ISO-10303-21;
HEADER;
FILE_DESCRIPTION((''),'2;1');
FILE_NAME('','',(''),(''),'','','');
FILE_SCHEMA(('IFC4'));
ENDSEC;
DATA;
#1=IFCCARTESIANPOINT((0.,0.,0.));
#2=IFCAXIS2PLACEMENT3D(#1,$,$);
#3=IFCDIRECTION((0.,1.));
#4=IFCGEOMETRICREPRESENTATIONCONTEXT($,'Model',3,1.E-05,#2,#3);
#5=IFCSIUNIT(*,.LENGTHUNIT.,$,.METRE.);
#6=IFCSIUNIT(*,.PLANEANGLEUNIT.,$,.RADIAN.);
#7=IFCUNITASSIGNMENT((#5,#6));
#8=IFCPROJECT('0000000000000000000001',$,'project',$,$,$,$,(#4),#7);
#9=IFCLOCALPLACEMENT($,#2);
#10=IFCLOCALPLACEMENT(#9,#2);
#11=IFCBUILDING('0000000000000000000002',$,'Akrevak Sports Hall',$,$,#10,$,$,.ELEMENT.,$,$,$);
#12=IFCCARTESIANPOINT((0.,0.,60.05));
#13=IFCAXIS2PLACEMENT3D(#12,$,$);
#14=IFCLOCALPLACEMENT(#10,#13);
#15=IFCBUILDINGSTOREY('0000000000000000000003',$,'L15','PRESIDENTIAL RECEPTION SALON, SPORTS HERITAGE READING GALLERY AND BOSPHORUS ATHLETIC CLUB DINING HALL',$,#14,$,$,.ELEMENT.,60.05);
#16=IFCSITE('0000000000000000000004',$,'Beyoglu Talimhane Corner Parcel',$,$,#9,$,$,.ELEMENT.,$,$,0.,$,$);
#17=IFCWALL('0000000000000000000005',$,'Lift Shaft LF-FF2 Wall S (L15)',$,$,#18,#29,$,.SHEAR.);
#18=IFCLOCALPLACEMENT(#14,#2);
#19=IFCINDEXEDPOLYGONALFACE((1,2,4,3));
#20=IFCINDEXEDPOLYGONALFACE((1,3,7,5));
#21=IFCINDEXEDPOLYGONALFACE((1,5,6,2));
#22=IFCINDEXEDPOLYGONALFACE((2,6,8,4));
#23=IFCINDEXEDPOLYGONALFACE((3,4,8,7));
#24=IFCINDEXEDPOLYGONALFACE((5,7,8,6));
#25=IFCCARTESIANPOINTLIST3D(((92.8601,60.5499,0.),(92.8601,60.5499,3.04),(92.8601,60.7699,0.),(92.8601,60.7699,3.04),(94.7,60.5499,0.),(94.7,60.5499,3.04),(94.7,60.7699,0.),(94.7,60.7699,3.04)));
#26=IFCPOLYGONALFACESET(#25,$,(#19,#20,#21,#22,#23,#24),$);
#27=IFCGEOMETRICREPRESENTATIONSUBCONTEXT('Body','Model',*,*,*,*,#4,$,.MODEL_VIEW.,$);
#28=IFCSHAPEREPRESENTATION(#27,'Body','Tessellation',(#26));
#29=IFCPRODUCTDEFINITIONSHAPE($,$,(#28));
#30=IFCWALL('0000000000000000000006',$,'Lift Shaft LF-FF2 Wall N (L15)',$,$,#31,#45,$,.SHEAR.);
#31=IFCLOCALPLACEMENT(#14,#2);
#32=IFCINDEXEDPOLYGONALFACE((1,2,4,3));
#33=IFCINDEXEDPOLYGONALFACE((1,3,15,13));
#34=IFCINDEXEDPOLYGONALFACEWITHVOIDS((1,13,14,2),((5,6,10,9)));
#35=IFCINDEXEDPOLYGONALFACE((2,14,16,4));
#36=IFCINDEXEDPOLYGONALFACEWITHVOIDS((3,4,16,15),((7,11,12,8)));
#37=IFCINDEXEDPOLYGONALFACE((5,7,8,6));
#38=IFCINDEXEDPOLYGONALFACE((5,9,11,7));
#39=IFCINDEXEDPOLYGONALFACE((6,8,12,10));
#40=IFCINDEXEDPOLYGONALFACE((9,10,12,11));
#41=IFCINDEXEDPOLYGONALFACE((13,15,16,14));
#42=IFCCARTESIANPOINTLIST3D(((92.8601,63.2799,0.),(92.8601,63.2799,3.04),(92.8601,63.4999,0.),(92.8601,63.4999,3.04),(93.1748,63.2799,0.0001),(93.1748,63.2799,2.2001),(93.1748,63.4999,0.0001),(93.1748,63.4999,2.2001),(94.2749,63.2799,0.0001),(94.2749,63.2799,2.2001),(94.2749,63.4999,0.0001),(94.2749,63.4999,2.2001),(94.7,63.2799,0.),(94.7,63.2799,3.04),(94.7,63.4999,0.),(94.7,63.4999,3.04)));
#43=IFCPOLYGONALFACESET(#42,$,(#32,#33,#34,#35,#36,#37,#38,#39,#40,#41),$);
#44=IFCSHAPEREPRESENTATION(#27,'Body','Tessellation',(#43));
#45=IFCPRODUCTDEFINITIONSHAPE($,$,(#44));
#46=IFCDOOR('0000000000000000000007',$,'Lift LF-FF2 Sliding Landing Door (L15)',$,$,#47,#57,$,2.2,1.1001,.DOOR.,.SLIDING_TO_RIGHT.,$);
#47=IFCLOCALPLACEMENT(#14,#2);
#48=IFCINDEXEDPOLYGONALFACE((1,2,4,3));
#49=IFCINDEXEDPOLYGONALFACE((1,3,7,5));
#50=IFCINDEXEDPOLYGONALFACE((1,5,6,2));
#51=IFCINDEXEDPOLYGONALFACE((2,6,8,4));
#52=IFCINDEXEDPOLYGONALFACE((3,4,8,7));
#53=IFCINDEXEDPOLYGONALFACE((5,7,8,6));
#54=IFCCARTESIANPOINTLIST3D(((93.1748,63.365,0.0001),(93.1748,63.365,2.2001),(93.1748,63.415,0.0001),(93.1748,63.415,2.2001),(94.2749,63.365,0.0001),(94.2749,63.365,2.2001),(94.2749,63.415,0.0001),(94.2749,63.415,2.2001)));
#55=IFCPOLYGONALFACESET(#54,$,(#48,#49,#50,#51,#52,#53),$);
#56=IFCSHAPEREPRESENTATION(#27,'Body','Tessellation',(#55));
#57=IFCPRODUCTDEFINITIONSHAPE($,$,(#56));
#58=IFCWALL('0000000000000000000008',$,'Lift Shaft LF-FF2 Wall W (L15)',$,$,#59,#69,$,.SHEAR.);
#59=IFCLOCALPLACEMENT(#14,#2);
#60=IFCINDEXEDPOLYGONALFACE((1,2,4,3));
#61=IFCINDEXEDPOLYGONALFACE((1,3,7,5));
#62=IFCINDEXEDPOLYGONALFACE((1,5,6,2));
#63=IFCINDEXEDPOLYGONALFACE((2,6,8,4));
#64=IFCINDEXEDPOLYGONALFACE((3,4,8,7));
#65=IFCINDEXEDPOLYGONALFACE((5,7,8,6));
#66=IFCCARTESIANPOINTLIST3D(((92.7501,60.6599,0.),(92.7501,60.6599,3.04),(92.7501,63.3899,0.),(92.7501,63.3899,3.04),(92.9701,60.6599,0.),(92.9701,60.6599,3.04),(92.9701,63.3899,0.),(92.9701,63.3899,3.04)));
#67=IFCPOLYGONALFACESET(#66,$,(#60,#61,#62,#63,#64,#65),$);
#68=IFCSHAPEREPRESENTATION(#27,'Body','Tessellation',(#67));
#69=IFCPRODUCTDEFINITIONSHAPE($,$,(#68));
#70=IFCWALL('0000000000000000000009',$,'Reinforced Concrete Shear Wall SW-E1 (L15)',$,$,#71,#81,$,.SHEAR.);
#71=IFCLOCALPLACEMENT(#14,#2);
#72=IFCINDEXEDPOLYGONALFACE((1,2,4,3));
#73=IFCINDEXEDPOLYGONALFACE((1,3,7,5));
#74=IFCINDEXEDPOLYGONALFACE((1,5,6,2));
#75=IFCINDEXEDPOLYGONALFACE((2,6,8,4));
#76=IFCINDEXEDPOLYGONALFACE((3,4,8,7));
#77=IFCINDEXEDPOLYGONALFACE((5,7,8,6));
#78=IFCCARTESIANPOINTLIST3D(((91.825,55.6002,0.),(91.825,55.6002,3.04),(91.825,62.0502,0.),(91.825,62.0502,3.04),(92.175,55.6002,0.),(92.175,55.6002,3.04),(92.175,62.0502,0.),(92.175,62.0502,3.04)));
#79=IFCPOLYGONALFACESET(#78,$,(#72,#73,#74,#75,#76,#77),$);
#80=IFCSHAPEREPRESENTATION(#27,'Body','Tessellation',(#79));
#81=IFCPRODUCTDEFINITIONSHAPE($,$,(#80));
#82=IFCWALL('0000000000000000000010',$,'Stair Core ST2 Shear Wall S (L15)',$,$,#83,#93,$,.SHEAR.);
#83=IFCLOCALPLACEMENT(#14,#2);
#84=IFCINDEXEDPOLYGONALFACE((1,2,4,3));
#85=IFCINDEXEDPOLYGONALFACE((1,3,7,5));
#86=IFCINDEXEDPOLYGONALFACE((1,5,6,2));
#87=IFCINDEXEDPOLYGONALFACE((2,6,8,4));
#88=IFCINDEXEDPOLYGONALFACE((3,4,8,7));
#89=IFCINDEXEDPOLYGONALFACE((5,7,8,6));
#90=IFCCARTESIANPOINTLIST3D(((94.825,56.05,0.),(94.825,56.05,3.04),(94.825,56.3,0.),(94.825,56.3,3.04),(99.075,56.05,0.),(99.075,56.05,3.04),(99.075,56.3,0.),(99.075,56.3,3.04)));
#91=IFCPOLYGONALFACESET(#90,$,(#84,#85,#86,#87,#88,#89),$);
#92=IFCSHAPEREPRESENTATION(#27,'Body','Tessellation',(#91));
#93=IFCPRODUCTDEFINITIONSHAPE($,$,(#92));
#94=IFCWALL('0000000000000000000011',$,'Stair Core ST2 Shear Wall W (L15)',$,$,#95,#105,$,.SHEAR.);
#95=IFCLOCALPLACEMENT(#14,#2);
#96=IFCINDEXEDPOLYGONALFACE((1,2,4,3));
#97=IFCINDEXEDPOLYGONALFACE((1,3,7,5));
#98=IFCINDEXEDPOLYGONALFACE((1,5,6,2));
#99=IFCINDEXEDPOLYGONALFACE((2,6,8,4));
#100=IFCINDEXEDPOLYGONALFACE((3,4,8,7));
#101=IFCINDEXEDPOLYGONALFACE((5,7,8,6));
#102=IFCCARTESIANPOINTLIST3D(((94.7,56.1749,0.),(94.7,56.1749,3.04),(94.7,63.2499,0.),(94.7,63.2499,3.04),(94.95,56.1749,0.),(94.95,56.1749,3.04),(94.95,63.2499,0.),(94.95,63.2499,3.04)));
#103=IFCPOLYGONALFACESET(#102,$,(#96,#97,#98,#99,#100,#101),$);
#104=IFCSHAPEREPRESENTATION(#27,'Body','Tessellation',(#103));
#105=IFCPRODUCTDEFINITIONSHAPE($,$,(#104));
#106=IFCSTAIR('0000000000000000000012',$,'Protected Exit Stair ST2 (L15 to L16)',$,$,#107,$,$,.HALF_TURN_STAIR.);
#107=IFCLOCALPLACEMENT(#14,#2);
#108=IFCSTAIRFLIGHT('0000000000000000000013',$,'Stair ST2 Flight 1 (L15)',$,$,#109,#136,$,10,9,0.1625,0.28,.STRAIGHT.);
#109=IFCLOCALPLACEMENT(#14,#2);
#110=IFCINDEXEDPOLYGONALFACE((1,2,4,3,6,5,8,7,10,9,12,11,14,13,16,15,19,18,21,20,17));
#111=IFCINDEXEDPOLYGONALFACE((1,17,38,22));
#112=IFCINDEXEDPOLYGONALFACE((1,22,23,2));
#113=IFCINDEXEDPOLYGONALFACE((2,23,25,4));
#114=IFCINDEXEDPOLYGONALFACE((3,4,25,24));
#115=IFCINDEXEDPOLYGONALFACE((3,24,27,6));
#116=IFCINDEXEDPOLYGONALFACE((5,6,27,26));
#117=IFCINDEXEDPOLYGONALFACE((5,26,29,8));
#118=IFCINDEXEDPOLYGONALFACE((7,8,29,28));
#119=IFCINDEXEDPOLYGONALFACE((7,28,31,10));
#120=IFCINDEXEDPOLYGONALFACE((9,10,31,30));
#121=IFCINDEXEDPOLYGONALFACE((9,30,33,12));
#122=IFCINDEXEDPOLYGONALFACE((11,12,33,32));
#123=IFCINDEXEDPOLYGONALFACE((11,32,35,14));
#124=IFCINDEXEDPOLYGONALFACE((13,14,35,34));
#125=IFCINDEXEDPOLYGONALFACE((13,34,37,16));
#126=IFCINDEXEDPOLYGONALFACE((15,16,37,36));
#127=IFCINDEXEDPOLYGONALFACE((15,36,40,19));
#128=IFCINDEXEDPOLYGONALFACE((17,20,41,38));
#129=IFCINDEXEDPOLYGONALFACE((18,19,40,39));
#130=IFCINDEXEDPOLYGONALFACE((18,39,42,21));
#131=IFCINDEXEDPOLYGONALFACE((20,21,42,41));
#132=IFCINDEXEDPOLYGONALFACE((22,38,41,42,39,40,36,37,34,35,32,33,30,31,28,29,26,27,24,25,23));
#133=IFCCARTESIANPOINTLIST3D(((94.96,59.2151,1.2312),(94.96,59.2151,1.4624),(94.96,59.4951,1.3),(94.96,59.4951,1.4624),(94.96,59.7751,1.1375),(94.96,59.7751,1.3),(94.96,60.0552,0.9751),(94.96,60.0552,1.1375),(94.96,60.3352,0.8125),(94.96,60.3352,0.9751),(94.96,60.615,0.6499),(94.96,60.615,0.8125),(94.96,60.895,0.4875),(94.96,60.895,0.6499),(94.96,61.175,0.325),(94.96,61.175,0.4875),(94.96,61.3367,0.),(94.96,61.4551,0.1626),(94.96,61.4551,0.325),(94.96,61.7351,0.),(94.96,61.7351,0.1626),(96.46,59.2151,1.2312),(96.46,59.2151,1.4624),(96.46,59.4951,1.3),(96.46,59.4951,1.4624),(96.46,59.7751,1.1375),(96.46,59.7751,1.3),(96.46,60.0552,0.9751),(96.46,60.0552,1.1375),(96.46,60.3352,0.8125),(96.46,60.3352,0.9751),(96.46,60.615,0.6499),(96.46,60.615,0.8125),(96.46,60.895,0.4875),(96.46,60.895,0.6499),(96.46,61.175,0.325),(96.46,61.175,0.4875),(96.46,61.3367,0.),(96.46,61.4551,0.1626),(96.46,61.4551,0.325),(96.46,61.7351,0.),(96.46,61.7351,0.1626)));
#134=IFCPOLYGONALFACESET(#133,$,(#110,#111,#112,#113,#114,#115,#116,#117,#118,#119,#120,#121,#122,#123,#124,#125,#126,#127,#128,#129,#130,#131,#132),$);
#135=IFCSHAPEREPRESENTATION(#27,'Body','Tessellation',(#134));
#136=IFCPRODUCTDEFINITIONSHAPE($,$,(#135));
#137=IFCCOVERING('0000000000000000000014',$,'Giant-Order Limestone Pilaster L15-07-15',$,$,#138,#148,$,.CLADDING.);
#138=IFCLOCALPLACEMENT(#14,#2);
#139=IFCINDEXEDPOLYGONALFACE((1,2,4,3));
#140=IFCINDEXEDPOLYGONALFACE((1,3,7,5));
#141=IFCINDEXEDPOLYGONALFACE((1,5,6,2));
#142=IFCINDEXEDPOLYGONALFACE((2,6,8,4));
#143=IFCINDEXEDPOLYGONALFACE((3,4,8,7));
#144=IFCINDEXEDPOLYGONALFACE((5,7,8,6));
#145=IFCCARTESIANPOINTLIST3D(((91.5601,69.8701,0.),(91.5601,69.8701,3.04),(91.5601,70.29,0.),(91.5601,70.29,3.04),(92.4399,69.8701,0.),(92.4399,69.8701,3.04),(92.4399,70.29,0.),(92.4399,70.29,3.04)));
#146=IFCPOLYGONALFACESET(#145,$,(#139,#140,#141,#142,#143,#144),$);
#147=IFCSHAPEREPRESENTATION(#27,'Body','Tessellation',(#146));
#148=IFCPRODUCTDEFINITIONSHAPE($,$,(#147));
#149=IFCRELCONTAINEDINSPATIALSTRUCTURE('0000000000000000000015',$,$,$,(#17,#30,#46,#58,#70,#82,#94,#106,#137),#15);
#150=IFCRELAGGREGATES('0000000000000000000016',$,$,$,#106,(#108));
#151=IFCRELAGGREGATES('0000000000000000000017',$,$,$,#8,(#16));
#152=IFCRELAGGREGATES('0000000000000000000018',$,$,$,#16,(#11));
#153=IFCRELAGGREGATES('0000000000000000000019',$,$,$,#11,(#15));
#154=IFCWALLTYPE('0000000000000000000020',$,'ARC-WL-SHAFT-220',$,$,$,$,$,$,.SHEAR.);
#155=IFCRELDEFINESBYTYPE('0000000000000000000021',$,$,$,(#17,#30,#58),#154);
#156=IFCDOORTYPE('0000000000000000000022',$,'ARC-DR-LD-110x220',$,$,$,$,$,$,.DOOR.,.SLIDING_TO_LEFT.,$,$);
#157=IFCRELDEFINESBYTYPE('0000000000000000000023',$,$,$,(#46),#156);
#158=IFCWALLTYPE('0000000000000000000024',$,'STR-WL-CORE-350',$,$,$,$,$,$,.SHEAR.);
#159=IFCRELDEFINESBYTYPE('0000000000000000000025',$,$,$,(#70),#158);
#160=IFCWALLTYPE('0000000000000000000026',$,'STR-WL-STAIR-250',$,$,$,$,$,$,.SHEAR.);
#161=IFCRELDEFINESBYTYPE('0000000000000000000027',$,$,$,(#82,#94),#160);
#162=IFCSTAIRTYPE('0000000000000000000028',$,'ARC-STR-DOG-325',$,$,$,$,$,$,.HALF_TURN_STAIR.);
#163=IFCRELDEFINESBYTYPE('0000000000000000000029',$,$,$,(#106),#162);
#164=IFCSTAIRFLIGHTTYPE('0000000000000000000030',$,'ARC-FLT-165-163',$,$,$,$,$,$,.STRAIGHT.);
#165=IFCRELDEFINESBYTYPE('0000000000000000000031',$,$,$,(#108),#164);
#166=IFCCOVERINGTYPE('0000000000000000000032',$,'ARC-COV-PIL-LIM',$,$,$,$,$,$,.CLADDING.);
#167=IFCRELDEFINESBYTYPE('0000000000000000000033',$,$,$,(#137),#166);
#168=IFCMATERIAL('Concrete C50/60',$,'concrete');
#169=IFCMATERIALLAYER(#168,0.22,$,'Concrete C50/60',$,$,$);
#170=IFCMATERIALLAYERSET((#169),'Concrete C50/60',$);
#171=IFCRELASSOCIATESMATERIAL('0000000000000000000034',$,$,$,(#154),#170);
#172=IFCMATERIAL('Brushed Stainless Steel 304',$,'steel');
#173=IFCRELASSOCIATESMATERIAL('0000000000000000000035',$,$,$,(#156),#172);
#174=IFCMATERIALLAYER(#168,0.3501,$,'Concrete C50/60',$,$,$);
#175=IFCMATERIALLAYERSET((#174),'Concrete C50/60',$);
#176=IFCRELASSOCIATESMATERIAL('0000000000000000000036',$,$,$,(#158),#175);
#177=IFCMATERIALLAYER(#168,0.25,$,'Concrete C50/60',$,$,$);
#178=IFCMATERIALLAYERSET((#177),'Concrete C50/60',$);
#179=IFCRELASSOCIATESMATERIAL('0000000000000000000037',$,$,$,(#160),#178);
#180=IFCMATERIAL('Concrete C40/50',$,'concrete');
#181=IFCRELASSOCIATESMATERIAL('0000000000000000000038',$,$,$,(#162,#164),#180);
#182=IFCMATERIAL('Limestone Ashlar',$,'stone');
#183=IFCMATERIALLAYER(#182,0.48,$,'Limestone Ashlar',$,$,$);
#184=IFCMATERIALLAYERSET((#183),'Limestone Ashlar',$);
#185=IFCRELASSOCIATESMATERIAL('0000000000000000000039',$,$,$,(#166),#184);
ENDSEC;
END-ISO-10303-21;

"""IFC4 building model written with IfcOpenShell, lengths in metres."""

from ifc_helpers import new_model, si_unit, direction, frame, frame_2d, origin, origin_2d, place, context, subcontext, project, spatial, polyline, rectangle, outline, extrude, material, layer, layer_set, type_object, element, fill, aggregate, save


model = new_model("IFC4")

# Units and contexts
model_context = context("Model", 3, precision=1e-05, world=origin(), true_north=direction((0.0, 1.0)))
body_context = subcontext(model_context, "Body", "Model", "MODEL_VIEW")
ifc_project = project(units=[si_unit("LENGTHUNIT", "METRE"), si_unit("PLANEANGLEUNIT", "RADIAN")], contexts=[model_context])

# Site, building, storey
site_placement = place(None, origin())
site = spatial("IfcSite", under=ifc_project, at=site_placement, Name="Beyoglu Talimhane Corner Parcel", CompositionType="ELEMENT", RefElevation=0.0)
building_placement = place(site_placement, origin())
building = spatial("IfcBuilding", under=site, at=building_placement, Name="Akrevak Sports Hall", CompositionType="ELEMENT")
storey_placement = place(building_placement, frame((0.0, 0.0, 60.05)))
storey = spatial("IfcBuildingStorey", under=building, at=storey_placement, Name="L15", Description="PRESIDENTIAL RECEPTION SALON, SPORTS HERITAGE READING GALLERY AND BOSPHORUS ATHLETIC CLUB DINING HALL", CompositionType="ELEMENT", Elevation=60.05)

# Shared definitions
ifc_material_1 = material(Name="Concrete C40/50", Category="concrete")

# Wall
ifc_material_2 = material(Name="Concrete C50/60", Category="concrete")
ifc_layer_1 = layer(ifc_material_2, 0.22, Name="Concrete C50/60")
ifc_layer_set_1 = layer_set([ifc_layer_1], Name="Concrete C50/60")
wall_type_1 = type_object("IfcWallType", Name="ARC-WL-SHAFT-220", PredefinedType="SHEAR", material=ifc_layer_set_1)
wall_1_placement = place(storey_placement, frame((92.8601, 60.6599, 0.0), z_axis=(0.0, 0.0, 1.0), x_axis=(1.0, 0.0, 0.0)))
element("IfcWall", 1, at=wall_1_placement, inside=storey, type_object=wall_type_1, Name="Lift Shaft LF-FF2 Wall S (L15)", PredefinedType="SHEAR", context=body_context, shape_type="SweptSolid", body=[
    extrude(rectangle(XDim=1.8398, YDim=0.22, at=frame_2d((0.9199, 0.0))), origin(), (0.0, 0.0, 1.0), 3.04),
])

# Wall, opening, door
wall_2_placement = place(storey_placement, frame((94.7, 63.3899, 0.0), z_axis=(0.0, 0.0, 1.0), x_axis=(-1.0, 0.0, 0.0)))
wall_2 = element("IfcWall", 2, at=wall_2_placement, inside=storey, type_object=wall_type_1, Name="Lift Shaft LF-FF2 Wall N (L15)", PredefinedType="SHEAR", context=body_context, shape_type="SweptSolid", body=[
    extrude(rectangle(XDim=1.8398, YDim=0.22, at=frame_2d((0.9199, 0.0))), origin(), (0.0, 0.0, 1.0), 3.04),
])
opening_1_placement = place(wall_2_placement, frame((0.425, 0.0, 0.0)))
opening_1 = element("IfcOpeningElement", 3, at=opening_1_placement, cuts=wall_2, PredefinedType="OPENING", context=body_context, shape_type="SweptSolid", body=[
    extrude(rectangle(XDim=1.1001, YDim=2.2, at=frame_2d((0.55, 1.1001))), frame((0.0, 0.1221, 0.0), z_axis=(0.0, -1.0, 0.0), x_axis=(1.0, 0.0, 0.0)), (0.0, 0.0, 1.0), 0.2439),
])
ifc_material_3 = material(Name="Brushed Stainless Steel 304", Category="steel")
door_type_1 = type_object("IfcDoorType", Name="ARC-DR-LD-110x220", OperationType="SLIDING_TO_LEFT", PredefinedType="DOOR", material=ifc_material_3)
door_1_placement = place(opening_1_placement, origin())
door_1 = element("IfcDoor", 4, at=door_1_placement, inside=storey, type_object=door_type_1, Name="Lift LF-FF2 Sliding Landing Door (L15)", OperationType="SLIDING_TO_RIGHT", OverallHeight=2.2, OverallWidth=1.1001, PredefinedType="DOOR", context=body_context, shape_type="SweptSolid", body=[
    extrude(rectangle(XDim=1.1001, YDim=2.2, at=frame_2d((0.55, 1.1001))), frame((0.0, 0.0249, 0.0), z_axis=(0.0, -1.0, 0.0), x_axis=(1.0, 0.0, 0.0)), (0.0, 0.0, 1.0), 0.05),
])
fill(opening_1, door_1)

# Walls
wall_3_placement = place(storey_placement, frame((92.8601, 63.3899, 0.0), z_axis=(0.0, 0.0, 1.0), x_axis=(0.0, -1.0, 0.0)))
element("IfcWall", 5, at=wall_3_placement, inside=storey, type_object=wall_type_1, Name="Lift Shaft LF-FF2 Wall W (L15)", PredefinedType="SHEAR", context=body_context, shape_type="SweptSolid", body=[
    extrude(rectangle(XDim=2.73, YDim=0.22, at=frame_2d((1.365, 0.0))), origin(), (0.0, 0.0, 1.0), 3.04),
])
ifc_layer_2 = layer(ifc_material_2, 0.3501, Name="Concrete C50/60")
ifc_layer_set_2 = layer_set([ifc_layer_2], Name="Concrete C50/60")
wall_type_2 = type_object("IfcWallType", Name="STR-WL-CORE-350", PredefinedType="SHEAR", material=ifc_layer_set_2)
wall_4_placement = place(storey_placement, frame((92.0, 55.6001, 0.0), z_axis=(0.0, 0.0, 1.0), x_axis=(0.0, 1.0, 0.0)))
element("IfcWall", 6, at=wall_4_placement, inside=storey, type_object=wall_type_2, Name="Reinforced Concrete Shear Wall SW-E1 (L15)", PredefinedType="SHEAR", context=body_context, shape_type="SweptSolid", body=[
    extrude(rectangle(XDim=6.45, YDim=0.3501, at=frame_2d((3.2251, 0.0))), origin(), (0.0, 0.0, 1.0), 3.04),
])
ifc_layer_3 = layer(ifc_material_2, 0.25, Name="Concrete C50/60")
ifc_layer_set_3 = layer_set([ifc_layer_3], Name="Concrete C50/60")
wall_type_3 = type_object("IfcWallType", Name="STR-WL-STAIR-250", PredefinedType="SHEAR", material=ifc_layer_set_3)
wall_5_placement = place(storey_placement, frame((94.825, 56.175, 0.0), z_axis=(0.0, 0.0, 1.0), x_axis=(1.0, 0.0, 0.0)))
element("IfcWall", 7, at=wall_5_placement, inside=storey, type_object=wall_type_3, Name="Stair Core ST2 Shear Wall S (L15)", PredefinedType="SHEAR", context=body_context, shape_type="SweptSolid", body=[
    extrude(rectangle(XDim=4.25, YDim=0.25, at=frame_2d((2.125, 0.0))), origin(), (0.0, 0.0, 1.0), 3.04),
])
wall_6_placement = place(storey_placement, frame((94.825, 63.25, 0.0), z_axis=(0.0, 0.0, 1.0), x_axis=(0.0, -1.0, 0.0)))
element("IfcWall", 8, at=wall_6_placement, inside=storey, type_object=wall_type_3, Name="Stair Core ST2 Shear Wall W (L15)", PredefinedType="SHEAR", context=body_context, shape_type="SweptSolid", body=[
    extrude(rectangle(XDim=7.075, YDim=0.25, at=frame_2d((3.5376, 0.0))), origin(), (0.0, 0.0, 1.0), 3.04),
])

# Stair, stair flight
stair_type = type_object("IfcStairType", Name="ARC-STR-DOG-325", PredefinedType="HALF_TURN_STAIR", material=ifc_material_1)
stair_placement = place(storey_placement, origin())
stair = element("IfcStair", 9, at=stair_placement, inside=storey, type_object=stair_type, Name="Protected Exit Stair ST2 (L15 to L16)", PredefinedType="HALF_TURN_STAIR")
stair_flight_type = type_object("IfcStairFlightType", Name="ARC-FLT-165-163", PredefinedType="STRAIGHT", material=ifc_material_1)
stair_flight_placement = place(storey_placement, frame((95.71, 61.7351, 0.0), z_axis=(0.0, 0.0, 1.0), x_axis=(0.0, -1.0, 0.0)))
stair_flight = element("IfcStairFlight", 10, at=stair_flight_placement, type_object=stair_flight_type, Name="Stair ST2 Flight 1 (L15)", NumberOfRisers=10, NumberOfTreads=9, PredefinedType="STRAIGHT", RiserHeight=0.1625, TreadLength=0.28, context=body_context, shape_type="SweptSolid", body=[
    extrude(outline(polyline([(0.0, 0.0), (0.0, 0.1626), (0.28, 0.1626), (0.28, 0.325), (0.5601, 0.325), (0.5601, 0.4875), (0.8401, 0.4875), (0.8401, 0.6499), (1.1201, 0.6499), (1.1201, 0.8125), (1.3999, 0.8125), (1.3999, 0.9751), (1.6799, 0.9751), (1.6799, 1.1375), (1.96, 1.1375), (1.96, 1.3), (2.24, 1.3), (2.24, 1.4624), (2.52, 1.4624), (2.52, 1.625), (2.52, 1.2312), (0.3984, 0.0), (0.0, 0.0)])), frame((0.0, 0.75, 0.0), z_axis=(0.0, -1.0, 0.0), x_axis=(1.0, 0.0, 0.0)), (0.0, 0.0, 1.0), 1.5),
])
aggregate(stair, [stair_flight])

# Covering
ifc_material_4 = material(Name="Limestone Ashlar", Category="stone")
ifc_layer_4 = layer(ifc_material_4, 0.48, Name="Limestone Ashlar")
ifc_layer_set_4 = layer_set([ifc_layer_4], Name="Limestone Ashlar")
covering_type = type_object("IfcCoveringType", Name="ARC-COV-PIL-LIM", PredefinedType="CLADDING", material=ifc_layer_set_4)
covering_placement = place(storey_placement, frame((92.0, 70.0801, 0.0), z_axis=(0.0, 0.0, 1.0), x_axis=(-1.0, 0.0, 0.0)))
element("IfcCovering", 11, at=covering_placement, inside=storey, type_object=covering_type, Name="Giant-Order Limestone Pilaster L15-07-15", PredefinedType="CLADDING", context=body_context, shape_type="SweptSolid", body=[
    extrude(rectangle(XDim=0.8799, YDim=0.4199, at=origin_2d()), origin(), (0.0, 0.0, 1.0), 3.04),
])

save(model, "model.ifc")
